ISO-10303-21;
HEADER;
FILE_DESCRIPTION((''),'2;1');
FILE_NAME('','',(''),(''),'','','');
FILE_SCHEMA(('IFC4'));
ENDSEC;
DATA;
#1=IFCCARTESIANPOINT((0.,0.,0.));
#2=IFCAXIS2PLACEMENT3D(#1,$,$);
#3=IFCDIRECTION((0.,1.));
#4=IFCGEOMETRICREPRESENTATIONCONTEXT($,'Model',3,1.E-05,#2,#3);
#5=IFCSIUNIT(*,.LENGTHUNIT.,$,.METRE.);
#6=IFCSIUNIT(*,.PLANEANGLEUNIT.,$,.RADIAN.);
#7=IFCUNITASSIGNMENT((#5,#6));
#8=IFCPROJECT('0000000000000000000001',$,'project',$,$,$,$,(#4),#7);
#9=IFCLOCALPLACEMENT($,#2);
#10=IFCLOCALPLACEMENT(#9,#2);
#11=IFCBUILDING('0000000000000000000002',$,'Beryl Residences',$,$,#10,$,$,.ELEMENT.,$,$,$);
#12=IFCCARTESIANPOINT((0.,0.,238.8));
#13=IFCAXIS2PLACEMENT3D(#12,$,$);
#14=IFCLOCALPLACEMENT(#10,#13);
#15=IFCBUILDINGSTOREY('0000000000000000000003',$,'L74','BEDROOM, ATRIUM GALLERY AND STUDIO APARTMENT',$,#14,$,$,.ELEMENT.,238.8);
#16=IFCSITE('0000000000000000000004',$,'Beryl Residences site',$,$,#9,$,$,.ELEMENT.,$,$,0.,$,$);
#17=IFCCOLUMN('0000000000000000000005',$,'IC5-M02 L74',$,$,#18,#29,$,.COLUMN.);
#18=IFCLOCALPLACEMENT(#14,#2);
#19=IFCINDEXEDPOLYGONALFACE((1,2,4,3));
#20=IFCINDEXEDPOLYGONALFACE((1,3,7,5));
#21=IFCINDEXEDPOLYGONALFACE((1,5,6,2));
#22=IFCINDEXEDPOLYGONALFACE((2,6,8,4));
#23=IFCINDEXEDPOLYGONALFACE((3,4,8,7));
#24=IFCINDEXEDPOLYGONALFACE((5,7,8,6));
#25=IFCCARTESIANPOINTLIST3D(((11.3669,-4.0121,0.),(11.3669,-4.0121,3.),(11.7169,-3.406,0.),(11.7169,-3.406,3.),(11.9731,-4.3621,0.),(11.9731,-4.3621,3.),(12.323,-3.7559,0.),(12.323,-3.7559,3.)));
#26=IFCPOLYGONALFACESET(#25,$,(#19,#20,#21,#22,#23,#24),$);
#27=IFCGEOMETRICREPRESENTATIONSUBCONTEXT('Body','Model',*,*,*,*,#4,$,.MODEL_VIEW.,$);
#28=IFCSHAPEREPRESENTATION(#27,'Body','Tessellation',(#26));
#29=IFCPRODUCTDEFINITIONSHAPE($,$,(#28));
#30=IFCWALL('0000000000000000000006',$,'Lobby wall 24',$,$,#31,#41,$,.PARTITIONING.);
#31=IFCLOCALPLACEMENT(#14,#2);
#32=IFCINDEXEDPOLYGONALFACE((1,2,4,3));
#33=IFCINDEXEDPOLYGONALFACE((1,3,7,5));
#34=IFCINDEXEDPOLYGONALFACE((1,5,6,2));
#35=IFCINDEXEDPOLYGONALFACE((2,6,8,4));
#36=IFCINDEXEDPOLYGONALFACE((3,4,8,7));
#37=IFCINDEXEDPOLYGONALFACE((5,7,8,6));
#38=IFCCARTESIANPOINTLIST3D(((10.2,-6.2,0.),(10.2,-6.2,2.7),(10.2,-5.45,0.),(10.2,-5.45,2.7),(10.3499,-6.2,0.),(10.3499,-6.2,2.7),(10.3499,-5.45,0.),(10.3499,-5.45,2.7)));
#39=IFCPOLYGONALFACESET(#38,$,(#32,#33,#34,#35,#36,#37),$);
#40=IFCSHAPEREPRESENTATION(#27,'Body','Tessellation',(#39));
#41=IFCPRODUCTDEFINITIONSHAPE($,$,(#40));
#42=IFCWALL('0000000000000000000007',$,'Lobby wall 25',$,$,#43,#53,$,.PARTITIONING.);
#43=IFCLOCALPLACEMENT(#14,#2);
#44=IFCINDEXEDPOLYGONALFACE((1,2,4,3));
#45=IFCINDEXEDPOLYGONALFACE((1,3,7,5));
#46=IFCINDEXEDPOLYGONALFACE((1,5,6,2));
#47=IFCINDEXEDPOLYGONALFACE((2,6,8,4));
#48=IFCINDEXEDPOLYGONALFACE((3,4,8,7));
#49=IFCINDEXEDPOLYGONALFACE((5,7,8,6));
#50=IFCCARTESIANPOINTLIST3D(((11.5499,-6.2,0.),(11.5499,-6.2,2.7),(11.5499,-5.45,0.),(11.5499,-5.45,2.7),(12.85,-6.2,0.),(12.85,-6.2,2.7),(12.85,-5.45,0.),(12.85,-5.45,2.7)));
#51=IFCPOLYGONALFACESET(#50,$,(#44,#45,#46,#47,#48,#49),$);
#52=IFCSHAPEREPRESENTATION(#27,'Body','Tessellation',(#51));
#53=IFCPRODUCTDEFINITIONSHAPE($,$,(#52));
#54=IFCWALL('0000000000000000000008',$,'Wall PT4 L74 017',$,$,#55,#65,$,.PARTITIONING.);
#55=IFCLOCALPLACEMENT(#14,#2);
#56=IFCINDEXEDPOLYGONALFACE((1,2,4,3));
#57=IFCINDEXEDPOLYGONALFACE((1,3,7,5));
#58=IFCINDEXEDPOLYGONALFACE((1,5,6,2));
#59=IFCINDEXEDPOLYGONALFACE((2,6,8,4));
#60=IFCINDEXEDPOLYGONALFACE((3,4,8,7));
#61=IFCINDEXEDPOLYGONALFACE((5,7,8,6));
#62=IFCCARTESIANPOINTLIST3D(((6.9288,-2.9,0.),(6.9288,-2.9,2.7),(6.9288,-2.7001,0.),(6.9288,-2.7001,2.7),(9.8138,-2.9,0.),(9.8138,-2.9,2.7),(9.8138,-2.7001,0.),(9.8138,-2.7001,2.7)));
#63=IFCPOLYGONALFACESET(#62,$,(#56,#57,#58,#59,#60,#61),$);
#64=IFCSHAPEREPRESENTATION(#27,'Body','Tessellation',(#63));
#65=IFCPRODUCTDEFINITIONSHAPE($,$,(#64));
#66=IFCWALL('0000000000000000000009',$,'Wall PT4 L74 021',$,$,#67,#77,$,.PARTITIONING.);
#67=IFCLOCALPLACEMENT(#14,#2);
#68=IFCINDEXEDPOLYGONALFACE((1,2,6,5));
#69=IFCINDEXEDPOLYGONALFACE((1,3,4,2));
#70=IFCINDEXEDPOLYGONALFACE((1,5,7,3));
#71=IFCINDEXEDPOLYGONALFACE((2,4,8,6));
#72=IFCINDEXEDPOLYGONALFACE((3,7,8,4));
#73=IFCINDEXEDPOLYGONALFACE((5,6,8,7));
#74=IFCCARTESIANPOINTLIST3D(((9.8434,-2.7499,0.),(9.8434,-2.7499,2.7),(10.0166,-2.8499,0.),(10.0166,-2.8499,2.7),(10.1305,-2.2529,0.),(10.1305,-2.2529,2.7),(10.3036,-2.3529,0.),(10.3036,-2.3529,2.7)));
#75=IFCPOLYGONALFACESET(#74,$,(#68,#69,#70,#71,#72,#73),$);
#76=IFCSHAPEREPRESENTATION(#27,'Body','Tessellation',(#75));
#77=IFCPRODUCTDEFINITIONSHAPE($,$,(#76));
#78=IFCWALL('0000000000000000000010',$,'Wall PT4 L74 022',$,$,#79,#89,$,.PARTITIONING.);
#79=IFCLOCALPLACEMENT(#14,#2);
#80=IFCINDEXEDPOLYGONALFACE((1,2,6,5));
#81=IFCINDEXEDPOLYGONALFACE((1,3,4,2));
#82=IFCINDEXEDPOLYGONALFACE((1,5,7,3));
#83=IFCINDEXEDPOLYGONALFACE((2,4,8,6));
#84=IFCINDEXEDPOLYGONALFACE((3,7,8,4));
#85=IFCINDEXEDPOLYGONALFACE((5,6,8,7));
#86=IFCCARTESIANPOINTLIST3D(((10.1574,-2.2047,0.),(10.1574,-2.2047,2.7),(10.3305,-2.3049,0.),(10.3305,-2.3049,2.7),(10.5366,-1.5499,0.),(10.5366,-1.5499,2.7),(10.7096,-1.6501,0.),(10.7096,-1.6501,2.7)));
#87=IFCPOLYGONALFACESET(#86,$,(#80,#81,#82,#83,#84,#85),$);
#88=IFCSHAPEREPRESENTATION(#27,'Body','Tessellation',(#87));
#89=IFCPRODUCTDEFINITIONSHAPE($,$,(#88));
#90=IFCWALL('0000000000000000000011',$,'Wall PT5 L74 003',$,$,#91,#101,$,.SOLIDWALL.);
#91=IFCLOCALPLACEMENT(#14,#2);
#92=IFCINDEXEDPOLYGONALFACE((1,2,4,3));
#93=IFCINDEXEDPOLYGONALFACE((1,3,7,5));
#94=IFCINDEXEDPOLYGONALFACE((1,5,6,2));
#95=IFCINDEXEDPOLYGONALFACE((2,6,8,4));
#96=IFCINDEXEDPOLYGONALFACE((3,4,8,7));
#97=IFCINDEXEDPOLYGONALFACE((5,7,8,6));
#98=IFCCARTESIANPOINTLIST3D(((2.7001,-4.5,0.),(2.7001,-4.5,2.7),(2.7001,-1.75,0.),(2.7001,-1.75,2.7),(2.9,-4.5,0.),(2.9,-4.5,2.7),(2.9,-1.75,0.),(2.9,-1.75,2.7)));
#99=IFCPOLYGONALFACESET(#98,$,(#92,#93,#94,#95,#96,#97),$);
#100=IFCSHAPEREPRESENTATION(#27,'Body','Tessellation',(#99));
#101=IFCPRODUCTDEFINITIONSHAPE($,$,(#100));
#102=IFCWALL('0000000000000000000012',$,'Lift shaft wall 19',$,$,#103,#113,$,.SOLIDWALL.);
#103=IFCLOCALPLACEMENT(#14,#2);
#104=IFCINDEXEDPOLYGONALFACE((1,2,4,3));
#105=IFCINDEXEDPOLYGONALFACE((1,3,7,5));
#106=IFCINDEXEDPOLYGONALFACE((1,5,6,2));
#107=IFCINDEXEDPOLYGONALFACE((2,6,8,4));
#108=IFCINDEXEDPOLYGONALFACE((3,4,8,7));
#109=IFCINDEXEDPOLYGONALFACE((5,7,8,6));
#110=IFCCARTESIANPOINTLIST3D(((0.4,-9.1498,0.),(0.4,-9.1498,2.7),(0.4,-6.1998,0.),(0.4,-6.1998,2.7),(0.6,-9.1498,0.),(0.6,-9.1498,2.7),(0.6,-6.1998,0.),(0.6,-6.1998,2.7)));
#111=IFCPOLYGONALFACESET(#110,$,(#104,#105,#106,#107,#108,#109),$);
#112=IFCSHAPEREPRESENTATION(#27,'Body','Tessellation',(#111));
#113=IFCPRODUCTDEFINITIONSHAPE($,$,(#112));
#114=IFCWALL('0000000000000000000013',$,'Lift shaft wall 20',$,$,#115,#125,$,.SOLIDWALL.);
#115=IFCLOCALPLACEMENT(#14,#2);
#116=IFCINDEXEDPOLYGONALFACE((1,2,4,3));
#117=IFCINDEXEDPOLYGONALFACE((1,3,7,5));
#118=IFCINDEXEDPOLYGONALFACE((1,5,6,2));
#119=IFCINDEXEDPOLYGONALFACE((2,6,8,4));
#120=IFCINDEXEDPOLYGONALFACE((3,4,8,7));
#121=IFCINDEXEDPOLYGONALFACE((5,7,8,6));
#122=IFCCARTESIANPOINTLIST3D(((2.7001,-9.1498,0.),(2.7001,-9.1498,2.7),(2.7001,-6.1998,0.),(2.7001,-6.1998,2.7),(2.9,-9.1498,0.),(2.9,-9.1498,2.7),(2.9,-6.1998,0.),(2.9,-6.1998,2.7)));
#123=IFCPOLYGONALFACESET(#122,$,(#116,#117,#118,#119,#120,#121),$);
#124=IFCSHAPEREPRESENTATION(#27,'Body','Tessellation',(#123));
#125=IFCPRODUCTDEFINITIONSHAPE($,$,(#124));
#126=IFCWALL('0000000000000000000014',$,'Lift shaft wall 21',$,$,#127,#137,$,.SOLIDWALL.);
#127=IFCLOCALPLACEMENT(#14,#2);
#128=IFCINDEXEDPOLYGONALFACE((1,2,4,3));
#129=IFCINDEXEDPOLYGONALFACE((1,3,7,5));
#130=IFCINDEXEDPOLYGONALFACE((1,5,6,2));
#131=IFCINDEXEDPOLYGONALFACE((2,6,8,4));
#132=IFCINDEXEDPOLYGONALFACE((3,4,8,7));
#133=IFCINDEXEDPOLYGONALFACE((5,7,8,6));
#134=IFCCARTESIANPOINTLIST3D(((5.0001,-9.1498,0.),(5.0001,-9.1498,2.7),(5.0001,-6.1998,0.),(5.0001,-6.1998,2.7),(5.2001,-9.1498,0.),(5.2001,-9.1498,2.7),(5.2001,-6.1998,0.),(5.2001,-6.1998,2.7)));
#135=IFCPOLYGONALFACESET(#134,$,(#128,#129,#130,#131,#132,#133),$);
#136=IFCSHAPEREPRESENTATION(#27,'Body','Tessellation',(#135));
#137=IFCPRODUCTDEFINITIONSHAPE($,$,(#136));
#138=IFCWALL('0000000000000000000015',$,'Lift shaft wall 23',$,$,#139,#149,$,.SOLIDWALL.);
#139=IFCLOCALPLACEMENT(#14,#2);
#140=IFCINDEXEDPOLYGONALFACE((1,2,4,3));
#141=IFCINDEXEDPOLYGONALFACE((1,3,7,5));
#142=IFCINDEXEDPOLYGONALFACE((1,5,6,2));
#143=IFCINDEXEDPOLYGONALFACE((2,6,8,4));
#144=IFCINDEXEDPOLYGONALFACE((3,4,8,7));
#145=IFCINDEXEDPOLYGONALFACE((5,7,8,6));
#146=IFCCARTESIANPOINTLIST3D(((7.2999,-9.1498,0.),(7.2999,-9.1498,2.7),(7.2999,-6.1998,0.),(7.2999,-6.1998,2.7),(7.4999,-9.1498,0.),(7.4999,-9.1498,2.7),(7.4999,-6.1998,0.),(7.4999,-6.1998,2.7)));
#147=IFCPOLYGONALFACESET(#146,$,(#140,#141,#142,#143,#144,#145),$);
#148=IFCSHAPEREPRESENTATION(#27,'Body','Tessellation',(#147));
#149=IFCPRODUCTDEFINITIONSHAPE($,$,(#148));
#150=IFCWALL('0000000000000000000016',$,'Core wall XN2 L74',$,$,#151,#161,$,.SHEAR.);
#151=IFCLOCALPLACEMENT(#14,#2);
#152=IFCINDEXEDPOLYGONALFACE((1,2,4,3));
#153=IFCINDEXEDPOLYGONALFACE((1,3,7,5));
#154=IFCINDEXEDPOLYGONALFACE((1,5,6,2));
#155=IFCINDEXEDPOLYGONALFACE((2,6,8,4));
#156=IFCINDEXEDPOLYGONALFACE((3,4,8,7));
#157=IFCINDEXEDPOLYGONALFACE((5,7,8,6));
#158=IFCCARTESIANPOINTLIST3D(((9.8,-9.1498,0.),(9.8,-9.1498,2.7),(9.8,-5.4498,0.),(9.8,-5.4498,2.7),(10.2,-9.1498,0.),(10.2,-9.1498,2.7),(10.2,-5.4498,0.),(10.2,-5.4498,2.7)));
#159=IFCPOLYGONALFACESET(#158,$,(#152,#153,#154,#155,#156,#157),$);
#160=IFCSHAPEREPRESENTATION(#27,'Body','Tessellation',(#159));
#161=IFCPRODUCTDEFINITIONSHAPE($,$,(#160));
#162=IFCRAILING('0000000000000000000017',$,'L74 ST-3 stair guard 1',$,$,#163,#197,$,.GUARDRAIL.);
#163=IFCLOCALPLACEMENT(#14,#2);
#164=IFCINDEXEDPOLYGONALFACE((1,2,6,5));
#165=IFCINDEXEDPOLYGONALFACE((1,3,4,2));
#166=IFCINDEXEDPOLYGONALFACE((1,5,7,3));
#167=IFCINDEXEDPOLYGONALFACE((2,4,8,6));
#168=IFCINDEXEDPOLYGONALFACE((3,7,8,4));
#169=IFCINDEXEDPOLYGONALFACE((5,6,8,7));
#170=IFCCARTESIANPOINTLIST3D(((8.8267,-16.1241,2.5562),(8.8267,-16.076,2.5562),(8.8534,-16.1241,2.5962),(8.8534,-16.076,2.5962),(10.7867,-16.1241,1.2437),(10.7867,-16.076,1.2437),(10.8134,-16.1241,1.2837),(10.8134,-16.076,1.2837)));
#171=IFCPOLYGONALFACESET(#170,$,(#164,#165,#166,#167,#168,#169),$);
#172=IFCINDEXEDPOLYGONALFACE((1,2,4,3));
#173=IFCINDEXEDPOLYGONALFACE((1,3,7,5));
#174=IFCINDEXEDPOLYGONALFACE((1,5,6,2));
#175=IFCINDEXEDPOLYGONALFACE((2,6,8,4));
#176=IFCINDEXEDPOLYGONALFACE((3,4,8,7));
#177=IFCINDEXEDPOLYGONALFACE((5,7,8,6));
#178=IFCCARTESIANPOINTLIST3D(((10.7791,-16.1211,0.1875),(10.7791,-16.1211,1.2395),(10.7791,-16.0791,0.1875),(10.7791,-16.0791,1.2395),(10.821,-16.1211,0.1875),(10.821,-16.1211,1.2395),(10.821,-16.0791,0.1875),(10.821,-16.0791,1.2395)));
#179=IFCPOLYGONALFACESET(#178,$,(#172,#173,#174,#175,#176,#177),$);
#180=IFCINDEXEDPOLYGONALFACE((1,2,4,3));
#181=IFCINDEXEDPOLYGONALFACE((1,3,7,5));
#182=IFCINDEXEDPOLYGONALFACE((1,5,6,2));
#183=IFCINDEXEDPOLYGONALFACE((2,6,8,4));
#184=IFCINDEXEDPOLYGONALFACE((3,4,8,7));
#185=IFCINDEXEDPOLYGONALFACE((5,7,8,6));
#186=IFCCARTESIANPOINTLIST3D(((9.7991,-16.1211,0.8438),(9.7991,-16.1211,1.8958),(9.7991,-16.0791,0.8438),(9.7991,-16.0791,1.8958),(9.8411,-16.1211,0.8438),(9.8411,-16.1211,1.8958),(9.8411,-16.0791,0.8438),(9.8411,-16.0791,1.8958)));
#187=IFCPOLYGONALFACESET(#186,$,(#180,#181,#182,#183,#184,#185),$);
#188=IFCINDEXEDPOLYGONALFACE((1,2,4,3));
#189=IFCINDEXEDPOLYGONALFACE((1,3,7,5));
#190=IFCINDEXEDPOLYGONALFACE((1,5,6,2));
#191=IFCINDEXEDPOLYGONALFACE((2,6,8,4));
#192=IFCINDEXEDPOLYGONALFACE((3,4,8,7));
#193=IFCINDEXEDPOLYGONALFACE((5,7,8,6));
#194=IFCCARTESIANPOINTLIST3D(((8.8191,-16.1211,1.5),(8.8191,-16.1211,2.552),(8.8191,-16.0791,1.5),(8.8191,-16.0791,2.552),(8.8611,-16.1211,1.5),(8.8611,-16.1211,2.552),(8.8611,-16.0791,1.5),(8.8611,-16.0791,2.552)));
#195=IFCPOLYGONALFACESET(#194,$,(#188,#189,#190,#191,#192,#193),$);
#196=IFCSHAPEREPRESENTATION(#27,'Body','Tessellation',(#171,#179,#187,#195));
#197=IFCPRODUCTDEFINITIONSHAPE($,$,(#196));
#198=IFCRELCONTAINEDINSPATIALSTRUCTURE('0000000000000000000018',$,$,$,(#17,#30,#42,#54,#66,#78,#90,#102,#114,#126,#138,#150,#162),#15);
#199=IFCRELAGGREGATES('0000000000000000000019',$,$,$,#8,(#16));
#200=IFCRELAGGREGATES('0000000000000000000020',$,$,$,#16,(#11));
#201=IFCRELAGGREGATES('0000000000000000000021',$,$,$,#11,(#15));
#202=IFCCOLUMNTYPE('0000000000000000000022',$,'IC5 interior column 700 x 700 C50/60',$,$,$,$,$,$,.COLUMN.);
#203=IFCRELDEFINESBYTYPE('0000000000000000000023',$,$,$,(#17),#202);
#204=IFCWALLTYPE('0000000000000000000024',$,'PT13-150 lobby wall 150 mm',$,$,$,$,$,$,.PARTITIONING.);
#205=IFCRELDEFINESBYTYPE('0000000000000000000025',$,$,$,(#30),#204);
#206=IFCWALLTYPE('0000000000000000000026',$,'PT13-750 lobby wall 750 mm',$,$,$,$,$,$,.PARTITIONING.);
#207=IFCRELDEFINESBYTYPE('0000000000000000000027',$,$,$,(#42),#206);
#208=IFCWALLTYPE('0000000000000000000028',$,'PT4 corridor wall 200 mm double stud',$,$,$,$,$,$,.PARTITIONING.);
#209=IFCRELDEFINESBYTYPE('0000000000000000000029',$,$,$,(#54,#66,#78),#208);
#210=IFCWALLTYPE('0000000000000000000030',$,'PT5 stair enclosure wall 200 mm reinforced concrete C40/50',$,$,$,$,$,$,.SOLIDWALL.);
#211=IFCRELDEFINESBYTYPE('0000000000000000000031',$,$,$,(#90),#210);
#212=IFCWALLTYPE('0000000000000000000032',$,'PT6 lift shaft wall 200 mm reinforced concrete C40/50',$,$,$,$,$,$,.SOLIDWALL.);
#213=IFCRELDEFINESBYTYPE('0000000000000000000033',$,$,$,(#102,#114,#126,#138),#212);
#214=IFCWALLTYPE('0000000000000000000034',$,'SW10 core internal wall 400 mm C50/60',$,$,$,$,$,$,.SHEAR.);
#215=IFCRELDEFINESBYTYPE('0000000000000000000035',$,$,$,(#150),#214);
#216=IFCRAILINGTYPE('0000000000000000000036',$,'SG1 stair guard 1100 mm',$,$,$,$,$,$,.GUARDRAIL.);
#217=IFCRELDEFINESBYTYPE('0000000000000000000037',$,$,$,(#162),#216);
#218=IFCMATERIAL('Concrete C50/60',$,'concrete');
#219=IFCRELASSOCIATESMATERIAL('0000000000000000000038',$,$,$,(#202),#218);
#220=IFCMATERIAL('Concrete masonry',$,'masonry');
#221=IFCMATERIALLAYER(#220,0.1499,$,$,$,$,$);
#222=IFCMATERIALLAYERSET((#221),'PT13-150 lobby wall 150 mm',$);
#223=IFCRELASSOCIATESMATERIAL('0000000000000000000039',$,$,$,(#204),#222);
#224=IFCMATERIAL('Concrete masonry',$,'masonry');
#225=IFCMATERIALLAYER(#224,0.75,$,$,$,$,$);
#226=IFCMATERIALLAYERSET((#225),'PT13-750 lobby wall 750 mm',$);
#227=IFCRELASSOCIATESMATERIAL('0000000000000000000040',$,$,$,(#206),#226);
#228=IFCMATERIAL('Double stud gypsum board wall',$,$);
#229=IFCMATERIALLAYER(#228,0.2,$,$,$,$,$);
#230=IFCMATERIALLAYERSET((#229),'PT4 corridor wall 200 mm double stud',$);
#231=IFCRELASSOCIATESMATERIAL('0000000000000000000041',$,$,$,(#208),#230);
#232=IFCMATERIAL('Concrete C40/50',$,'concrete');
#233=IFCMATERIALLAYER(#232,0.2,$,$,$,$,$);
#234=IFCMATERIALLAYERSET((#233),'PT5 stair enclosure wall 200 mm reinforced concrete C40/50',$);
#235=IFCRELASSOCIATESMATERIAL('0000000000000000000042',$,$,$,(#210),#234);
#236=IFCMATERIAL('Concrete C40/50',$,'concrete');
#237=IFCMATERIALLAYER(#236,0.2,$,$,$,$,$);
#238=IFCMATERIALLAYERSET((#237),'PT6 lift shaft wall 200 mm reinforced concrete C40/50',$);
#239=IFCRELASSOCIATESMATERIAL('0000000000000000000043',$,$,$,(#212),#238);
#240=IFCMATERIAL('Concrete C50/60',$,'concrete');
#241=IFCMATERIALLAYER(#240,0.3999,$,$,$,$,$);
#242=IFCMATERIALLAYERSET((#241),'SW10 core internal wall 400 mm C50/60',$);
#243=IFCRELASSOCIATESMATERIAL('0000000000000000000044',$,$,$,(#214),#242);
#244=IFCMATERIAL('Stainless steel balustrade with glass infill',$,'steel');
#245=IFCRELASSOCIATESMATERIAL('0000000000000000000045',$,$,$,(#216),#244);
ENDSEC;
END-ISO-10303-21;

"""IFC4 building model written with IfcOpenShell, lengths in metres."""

from ifc_helpers import new_model, si_unit, direction, frame, frame_2d, origin, origin_2d, place, context, subcontext, project, spatial, rectangle, extrude, material, layer, layer_set, material_profile, profile_set, type_object, element, save


model = new_model("IFC4")

# Units and contexts
model_context = context("Model", 3, precision=1e-05, world=origin(), true_north=direction((0.0, 1.0)))
body_context = subcontext(model_context, "Body", "Model", "MODEL_VIEW")
ifc_project = project(units=[si_unit("LENGTHUNIT", "METRE"), si_unit("PLANEANGLEUNIT", "RADIAN")], contexts=[model_context])

# Site, building, storey
site_placement = place(None, origin())
site = spatial("IfcSite", under=ifc_project, at=site_placement, Name="Beryl Residences site", CompositionType="ELEMENT", RefElevation=0.0)
building_placement = place(site_placement, origin())
building = spatial("IfcBuilding", under=site, at=building_placement, Name="Beryl Residences", CompositionType="ELEMENT")
storey_placement = place(building_placement, frame((0.0, 0.0, 238.8)))
storey = spatial("IfcBuildingStorey", under=building, at=storey_placement, Name="L74", Description="BEDROOM, ATRIUM GALLERY AND STUDIO APARTMENT", CompositionType="ELEMENT", Elevation=238.8)

# Column
ifc_material_1 = material(Name="Concrete C50/60", Category="concrete")
ifc_material_profile = material_profile(ifc_material_1, rectangle(XDim=0.7, YDim=0.7, at=origin_2d()))
ifc_profile_set = profile_set([ifc_material_profile], Name="Concrete C50/60")
column_type = type_object("IfcColumnType", Name="IC5 interior column 700 x 700 C50/60", PredefinedType="COLUMN", material=ifc_profile_set)
column_placement = place(storey_placement, frame((11.845, -3.884, 0.0), z_axis=(0.0, 0.0, 1.0), x_axis=(0.499985, 0.866034, 0.0)))
element("IfcColumn", 1, at=column_placement, inside=storey, type_object=column_type, Name="IC5-M02 L74", PredefinedType="COLUMN", context=body_context, shape_type="SweptSolid", body=[
    extrude(rectangle(XDim=0.7, YDim=0.7, at=origin_2d()), origin(), (0.0, 0.0, 1.0), 3.0),
])

# Walls
ifc_material_2 = material(Name="Concrete masonry", Category="masonry")
ifc_layer_1 = layer(ifc_material_2, 0.1499)
ifc_layer_set_1 = layer_set([ifc_layer_1], Name="PT13-150 lobby wall 150 mm")
wall_type_1 = type_object("IfcWallType", Name="PT13-150 lobby wall 150 mm", PredefinedType="PARTITIONING", material=ifc_layer_set_1)
wall_1_placement = place(storey_placement, frame((10.2749, -6.2, 0.0), z_axis=(0.0, 0.0, 1.0), x_axis=(0.0, 1.0, 0.0)))
element("IfcWall", 2, at=wall_1_placement, inside=storey, type_object=wall_type_1, Name="Lobby wall 24", PredefinedType="PARTITIONING", context=body_context, shape_type="SweptSolid", body=[
    extrude(rectangle(XDim=0.75, YDim=0.1499, at=frame_2d((0.375, 0.0))), origin(), (0.0, 0.0, 1.0), 2.7),
])
ifc_material_3 = material(Name="Concrete masonry", Category="masonry")
ifc_layer_2 = layer(ifc_material_3, 0.75)
ifc_layer_set_2 = layer_set([ifc_layer_2], Name="PT13-750 lobby wall 750 mm")
wall_type_2 = type_object("IfcWallType", Name="PT13-750 lobby wall 750 mm", PredefinedType="PARTITIONING", material=ifc_layer_set_2)
wall_2_placement = place(storey_placement, frame((11.55, -5.825, 0.0), z_axis=(0.0, 0.0, 1.0), x_axis=(1.0, 0.0, 0.0)))
element("IfcWall", 3, at=wall_2_placement, inside=storey, type_object=wall_type_2, Name="Lobby wall 25", PredefinedType="PARTITIONING", context=body_context, shape_type="SweptSolid", body=[
    extrude(rectangle(XDim=1.3, YDim=0.75, at=frame_2d((0.6499, 0.0))), origin(), (0.0, 0.0, 1.0), 2.7),
])
ifc_material_4 = material(Name="Double stud gypsum board wall")
ifc_layer_3 = layer(ifc_material_4, 0.2)
ifc_layer_set_3 = layer_set([ifc_layer_3], Name="PT4 corridor wall 200 mm double stud")
wall_type_3 = type_object("IfcWallType", Name="PT4 corridor wall 200 mm double stud", PredefinedType="PARTITIONING", material=ifc_layer_set_3)
wall_3_placement = place(storey_placement, frame((6.929, -2.8, 0.0), z_axis=(0.0, 0.0, 1.0), x_axis=(1.0, 0.0, 0.0)))
element("IfcWall", 4, at=wall_3_placement, inside=storey, type_object=wall_type_3, Name="Wall PT4 L74 017", PredefinedType="PARTITIONING", context=body_context, shape_type="SweptSolid", body=[
    extrude(rectangle(XDim=2.885, YDim=0.2, at=frame_2d((1.4424, 0.0))), origin(), (0.0, 0.0, 1.0), 2.7),
])
wall_4_placement = place(storey_placement, frame((9.9299, -2.8, 0.0), z_axis=(0.0, 0.0, 1.0), x_axis=(0.500164, 0.865931, 0.0)))
element("IfcWall", 5, at=wall_4_placement, inside=storey, type_object=wall_type_3, Name="Wall PT4 L74 021", PredefinedType="PARTITIONING", context=body_context, shape_type="SweptSolid", body=[
    extrude(rectangle(XDim=0.574, YDim=0.2, at=frame_2d((0.2871, 0.0))), origin(), (0.0, 0.0, 1.0), 2.7),
])
wall_5_placement = place(storey_placement, frame((10.2439, -2.2549, 0.0), z_axis=(0.0, 0.0, 1.0), x_axis=(0.5011, 0.865389, 0.0)))
element("IfcWall", 6, at=wall_5_placement, inside=storey, type_object=wall_type_3, Name="Wall PT4 L74 022", PredefinedType="PARTITIONING", context=body_context, shape_type="SweptSolid", body=[
    extrude(rectangle(XDim=0.7566, YDim=0.2, at=frame_2d((0.3784, 0.0))), origin(), (0.0, 0.0, 1.0), 2.7),
])
ifc_material_5 = material(Name="Concrete C40/50", Category="concrete")
ifc_layer_4 = layer(ifc_material_5, 0.2)
ifc_layer_set_4 = layer_set([ifc_layer_4], Name="PT5 stair enclosure wall 200 mm reinforced concrete C40/50")
wall_type_4 = type_object("IfcWallType", Name="PT5 stair enclosure wall 200 mm reinforced concrete C40/50", PredefinedType="SOLIDWALL", material=ifc_layer_set_4)
wall_6_placement = place(storey_placement, frame((2.8, -4.5, 0.0), z_axis=(0.0, 0.0, 1.0), x_axis=(0.0, 1.0, 0.0)))
element("IfcWall", 7, at=wall_6_placement, inside=storey, type_object=wall_type_4, Name="Wall PT5 L74 003", PredefinedType="SOLIDWALL", context=body_context, shape_type="SweptSolid", body=[
    extrude(rectangle(XDim=2.75, YDim=0.2, at=frame_2d((1.375, 0.0))), origin(), (0.0, 0.0, 1.0), 2.7),
])
ifc_material_6 = material(Name="Concrete C40/50", Category="concrete")
ifc_layer_5 = layer(ifc_material_6, 0.2)
ifc_layer_set_5 = layer_set([ifc_layer_5], Name="PT6 lift shaft wall 200 mm reinforced concrete C40/50")
wall_type_5 = type_object("IfcWallType", Name="PT6 lift shaft wall 200 mm reinforced concrete C40/50", PredefinedType="SOLIDWALL", material=ifc_layer_set_5)
for number, where, z_axis, x_axis, name in (
    (8, (0.5, -9.1499, 0.0), (0.0, 0.0, 1.0), (0.0, 1.0, 0.0), "Lift shaft wall 19"),
    (9, (2.8, -9.1499, 0.0), (0.0, 0.0, 1.0), (0.0, 1.0, 0.0), "Lift shaft wall 20"),
    (10, (5.1001, -9.1499, 0.0), (0.0, 0.0, 1.0), (0.0, 1.0, 0.0), "Lift shaft wall 21"),
    (11, (7.3999, -9.1499, 0.0), (0.0, 0.0, 1.0), (0.0, 1.0, 0.0), "Lift shaft wall 23"),
):
    element("IfcWall", number, at=place(storey_placement, frame(where, z_axis=z_axis, x_axis=x_axis)), inside=storey, type_object=wall_type_5, Name=name, PredefinedType="SOLIDWALL", context=body_context, shape_type="SweptSolid", body=[
        extrude(rectangle(XDim=2.95, YDim=0.2, at=frame_2d((1.4751, 0.0))), origin(), (0.0, 0.0, 1.0), 2.7),
    ])
ifc_material_7 = material(Name="Concrete C50/60", Category="concrete")
ifc_layer_6 = layer(ifc_material_7, 0.3999)
ifc_layer_set_6 = layer_set([ifc_layer_6], Name="SW10 core internal wall 400 mm C50/60")
wall_type_6 = type_object("IfcWallType", Name="SW10 core internal wall 400 mm C50/60", PredefinedType="SHEAR", material=ifc_layer_set_6)
wall_7_placement = place(storey_placement, frame((10.0, -9.1499, 0.0), z_axis=(0.0, 0.0, 1.0), x_axis=(0.0, 1.0, 0.0)))
element("IfcWall", 12, at=wall_7_placement, inside=storey, type_object=wall_type_6, Name="Core wall XN2 L74", PredefinedType="SHEAR", context=body_context, shape_type="SweptSolid", body=[
    extrude(rectangle(XDim=3.7, YDim=0.3999, at=frame_2d((1.8501, 0.0))), origin(), (0.0, 0.0, 1.0), 2.7),
])

# Railing
ifc_material_8 = material(Name="Stainless steel balustrade with glass infill", Category="steel")
railing_type_1 = type_object("IfcRailingType", Name="SG1 stair guard 1100 mm", PredefinedType="GUARDRAIL", material=ifc_material_8)
railing_1_placement = place(storey_placement, frame((10.8, -16.1001, 0.1875)))
element("IfcRailing", 13, at=railing_1_placement, inside=storey, type_object=railing_type_1, Name="L74 ST-3 stair guard 1", PredefinedType="GUARDRAIL", context=body_context, shape_type="SweptSolid", body=[
    extrude(rectangle(XDim=0.0481, YDim=0.0481, at=origin_2d()), frame((0.0, 0.0, 1.0762), z_axis=(-0.830902, 0.0, 0.556419), x_axis=(0.0, -1.0, 0.0)), (0.0, 0.0, 1.0), 2.3589),
    extrude(rectangle(XDim=0.042, YDim=0.042, at=origin_2d()), origin(), (0.0, 0.0, 1.0), 1.052),
    extrude(rectangle(XDim=0.042, YDim=0.042, at=origin_2d()), frame((-0.98, 0.0, 0.6562)), (0.0, 0.0, 1.0), 1.052),
    extrude(rectangle(XDim=0.042, YDim=0.042, at=origin_2d()), frame((-1.96, 0.0, 1.3125)), (0.0, 0.0, 1.0), 1.052),
])

save(model, "model.ifc")
